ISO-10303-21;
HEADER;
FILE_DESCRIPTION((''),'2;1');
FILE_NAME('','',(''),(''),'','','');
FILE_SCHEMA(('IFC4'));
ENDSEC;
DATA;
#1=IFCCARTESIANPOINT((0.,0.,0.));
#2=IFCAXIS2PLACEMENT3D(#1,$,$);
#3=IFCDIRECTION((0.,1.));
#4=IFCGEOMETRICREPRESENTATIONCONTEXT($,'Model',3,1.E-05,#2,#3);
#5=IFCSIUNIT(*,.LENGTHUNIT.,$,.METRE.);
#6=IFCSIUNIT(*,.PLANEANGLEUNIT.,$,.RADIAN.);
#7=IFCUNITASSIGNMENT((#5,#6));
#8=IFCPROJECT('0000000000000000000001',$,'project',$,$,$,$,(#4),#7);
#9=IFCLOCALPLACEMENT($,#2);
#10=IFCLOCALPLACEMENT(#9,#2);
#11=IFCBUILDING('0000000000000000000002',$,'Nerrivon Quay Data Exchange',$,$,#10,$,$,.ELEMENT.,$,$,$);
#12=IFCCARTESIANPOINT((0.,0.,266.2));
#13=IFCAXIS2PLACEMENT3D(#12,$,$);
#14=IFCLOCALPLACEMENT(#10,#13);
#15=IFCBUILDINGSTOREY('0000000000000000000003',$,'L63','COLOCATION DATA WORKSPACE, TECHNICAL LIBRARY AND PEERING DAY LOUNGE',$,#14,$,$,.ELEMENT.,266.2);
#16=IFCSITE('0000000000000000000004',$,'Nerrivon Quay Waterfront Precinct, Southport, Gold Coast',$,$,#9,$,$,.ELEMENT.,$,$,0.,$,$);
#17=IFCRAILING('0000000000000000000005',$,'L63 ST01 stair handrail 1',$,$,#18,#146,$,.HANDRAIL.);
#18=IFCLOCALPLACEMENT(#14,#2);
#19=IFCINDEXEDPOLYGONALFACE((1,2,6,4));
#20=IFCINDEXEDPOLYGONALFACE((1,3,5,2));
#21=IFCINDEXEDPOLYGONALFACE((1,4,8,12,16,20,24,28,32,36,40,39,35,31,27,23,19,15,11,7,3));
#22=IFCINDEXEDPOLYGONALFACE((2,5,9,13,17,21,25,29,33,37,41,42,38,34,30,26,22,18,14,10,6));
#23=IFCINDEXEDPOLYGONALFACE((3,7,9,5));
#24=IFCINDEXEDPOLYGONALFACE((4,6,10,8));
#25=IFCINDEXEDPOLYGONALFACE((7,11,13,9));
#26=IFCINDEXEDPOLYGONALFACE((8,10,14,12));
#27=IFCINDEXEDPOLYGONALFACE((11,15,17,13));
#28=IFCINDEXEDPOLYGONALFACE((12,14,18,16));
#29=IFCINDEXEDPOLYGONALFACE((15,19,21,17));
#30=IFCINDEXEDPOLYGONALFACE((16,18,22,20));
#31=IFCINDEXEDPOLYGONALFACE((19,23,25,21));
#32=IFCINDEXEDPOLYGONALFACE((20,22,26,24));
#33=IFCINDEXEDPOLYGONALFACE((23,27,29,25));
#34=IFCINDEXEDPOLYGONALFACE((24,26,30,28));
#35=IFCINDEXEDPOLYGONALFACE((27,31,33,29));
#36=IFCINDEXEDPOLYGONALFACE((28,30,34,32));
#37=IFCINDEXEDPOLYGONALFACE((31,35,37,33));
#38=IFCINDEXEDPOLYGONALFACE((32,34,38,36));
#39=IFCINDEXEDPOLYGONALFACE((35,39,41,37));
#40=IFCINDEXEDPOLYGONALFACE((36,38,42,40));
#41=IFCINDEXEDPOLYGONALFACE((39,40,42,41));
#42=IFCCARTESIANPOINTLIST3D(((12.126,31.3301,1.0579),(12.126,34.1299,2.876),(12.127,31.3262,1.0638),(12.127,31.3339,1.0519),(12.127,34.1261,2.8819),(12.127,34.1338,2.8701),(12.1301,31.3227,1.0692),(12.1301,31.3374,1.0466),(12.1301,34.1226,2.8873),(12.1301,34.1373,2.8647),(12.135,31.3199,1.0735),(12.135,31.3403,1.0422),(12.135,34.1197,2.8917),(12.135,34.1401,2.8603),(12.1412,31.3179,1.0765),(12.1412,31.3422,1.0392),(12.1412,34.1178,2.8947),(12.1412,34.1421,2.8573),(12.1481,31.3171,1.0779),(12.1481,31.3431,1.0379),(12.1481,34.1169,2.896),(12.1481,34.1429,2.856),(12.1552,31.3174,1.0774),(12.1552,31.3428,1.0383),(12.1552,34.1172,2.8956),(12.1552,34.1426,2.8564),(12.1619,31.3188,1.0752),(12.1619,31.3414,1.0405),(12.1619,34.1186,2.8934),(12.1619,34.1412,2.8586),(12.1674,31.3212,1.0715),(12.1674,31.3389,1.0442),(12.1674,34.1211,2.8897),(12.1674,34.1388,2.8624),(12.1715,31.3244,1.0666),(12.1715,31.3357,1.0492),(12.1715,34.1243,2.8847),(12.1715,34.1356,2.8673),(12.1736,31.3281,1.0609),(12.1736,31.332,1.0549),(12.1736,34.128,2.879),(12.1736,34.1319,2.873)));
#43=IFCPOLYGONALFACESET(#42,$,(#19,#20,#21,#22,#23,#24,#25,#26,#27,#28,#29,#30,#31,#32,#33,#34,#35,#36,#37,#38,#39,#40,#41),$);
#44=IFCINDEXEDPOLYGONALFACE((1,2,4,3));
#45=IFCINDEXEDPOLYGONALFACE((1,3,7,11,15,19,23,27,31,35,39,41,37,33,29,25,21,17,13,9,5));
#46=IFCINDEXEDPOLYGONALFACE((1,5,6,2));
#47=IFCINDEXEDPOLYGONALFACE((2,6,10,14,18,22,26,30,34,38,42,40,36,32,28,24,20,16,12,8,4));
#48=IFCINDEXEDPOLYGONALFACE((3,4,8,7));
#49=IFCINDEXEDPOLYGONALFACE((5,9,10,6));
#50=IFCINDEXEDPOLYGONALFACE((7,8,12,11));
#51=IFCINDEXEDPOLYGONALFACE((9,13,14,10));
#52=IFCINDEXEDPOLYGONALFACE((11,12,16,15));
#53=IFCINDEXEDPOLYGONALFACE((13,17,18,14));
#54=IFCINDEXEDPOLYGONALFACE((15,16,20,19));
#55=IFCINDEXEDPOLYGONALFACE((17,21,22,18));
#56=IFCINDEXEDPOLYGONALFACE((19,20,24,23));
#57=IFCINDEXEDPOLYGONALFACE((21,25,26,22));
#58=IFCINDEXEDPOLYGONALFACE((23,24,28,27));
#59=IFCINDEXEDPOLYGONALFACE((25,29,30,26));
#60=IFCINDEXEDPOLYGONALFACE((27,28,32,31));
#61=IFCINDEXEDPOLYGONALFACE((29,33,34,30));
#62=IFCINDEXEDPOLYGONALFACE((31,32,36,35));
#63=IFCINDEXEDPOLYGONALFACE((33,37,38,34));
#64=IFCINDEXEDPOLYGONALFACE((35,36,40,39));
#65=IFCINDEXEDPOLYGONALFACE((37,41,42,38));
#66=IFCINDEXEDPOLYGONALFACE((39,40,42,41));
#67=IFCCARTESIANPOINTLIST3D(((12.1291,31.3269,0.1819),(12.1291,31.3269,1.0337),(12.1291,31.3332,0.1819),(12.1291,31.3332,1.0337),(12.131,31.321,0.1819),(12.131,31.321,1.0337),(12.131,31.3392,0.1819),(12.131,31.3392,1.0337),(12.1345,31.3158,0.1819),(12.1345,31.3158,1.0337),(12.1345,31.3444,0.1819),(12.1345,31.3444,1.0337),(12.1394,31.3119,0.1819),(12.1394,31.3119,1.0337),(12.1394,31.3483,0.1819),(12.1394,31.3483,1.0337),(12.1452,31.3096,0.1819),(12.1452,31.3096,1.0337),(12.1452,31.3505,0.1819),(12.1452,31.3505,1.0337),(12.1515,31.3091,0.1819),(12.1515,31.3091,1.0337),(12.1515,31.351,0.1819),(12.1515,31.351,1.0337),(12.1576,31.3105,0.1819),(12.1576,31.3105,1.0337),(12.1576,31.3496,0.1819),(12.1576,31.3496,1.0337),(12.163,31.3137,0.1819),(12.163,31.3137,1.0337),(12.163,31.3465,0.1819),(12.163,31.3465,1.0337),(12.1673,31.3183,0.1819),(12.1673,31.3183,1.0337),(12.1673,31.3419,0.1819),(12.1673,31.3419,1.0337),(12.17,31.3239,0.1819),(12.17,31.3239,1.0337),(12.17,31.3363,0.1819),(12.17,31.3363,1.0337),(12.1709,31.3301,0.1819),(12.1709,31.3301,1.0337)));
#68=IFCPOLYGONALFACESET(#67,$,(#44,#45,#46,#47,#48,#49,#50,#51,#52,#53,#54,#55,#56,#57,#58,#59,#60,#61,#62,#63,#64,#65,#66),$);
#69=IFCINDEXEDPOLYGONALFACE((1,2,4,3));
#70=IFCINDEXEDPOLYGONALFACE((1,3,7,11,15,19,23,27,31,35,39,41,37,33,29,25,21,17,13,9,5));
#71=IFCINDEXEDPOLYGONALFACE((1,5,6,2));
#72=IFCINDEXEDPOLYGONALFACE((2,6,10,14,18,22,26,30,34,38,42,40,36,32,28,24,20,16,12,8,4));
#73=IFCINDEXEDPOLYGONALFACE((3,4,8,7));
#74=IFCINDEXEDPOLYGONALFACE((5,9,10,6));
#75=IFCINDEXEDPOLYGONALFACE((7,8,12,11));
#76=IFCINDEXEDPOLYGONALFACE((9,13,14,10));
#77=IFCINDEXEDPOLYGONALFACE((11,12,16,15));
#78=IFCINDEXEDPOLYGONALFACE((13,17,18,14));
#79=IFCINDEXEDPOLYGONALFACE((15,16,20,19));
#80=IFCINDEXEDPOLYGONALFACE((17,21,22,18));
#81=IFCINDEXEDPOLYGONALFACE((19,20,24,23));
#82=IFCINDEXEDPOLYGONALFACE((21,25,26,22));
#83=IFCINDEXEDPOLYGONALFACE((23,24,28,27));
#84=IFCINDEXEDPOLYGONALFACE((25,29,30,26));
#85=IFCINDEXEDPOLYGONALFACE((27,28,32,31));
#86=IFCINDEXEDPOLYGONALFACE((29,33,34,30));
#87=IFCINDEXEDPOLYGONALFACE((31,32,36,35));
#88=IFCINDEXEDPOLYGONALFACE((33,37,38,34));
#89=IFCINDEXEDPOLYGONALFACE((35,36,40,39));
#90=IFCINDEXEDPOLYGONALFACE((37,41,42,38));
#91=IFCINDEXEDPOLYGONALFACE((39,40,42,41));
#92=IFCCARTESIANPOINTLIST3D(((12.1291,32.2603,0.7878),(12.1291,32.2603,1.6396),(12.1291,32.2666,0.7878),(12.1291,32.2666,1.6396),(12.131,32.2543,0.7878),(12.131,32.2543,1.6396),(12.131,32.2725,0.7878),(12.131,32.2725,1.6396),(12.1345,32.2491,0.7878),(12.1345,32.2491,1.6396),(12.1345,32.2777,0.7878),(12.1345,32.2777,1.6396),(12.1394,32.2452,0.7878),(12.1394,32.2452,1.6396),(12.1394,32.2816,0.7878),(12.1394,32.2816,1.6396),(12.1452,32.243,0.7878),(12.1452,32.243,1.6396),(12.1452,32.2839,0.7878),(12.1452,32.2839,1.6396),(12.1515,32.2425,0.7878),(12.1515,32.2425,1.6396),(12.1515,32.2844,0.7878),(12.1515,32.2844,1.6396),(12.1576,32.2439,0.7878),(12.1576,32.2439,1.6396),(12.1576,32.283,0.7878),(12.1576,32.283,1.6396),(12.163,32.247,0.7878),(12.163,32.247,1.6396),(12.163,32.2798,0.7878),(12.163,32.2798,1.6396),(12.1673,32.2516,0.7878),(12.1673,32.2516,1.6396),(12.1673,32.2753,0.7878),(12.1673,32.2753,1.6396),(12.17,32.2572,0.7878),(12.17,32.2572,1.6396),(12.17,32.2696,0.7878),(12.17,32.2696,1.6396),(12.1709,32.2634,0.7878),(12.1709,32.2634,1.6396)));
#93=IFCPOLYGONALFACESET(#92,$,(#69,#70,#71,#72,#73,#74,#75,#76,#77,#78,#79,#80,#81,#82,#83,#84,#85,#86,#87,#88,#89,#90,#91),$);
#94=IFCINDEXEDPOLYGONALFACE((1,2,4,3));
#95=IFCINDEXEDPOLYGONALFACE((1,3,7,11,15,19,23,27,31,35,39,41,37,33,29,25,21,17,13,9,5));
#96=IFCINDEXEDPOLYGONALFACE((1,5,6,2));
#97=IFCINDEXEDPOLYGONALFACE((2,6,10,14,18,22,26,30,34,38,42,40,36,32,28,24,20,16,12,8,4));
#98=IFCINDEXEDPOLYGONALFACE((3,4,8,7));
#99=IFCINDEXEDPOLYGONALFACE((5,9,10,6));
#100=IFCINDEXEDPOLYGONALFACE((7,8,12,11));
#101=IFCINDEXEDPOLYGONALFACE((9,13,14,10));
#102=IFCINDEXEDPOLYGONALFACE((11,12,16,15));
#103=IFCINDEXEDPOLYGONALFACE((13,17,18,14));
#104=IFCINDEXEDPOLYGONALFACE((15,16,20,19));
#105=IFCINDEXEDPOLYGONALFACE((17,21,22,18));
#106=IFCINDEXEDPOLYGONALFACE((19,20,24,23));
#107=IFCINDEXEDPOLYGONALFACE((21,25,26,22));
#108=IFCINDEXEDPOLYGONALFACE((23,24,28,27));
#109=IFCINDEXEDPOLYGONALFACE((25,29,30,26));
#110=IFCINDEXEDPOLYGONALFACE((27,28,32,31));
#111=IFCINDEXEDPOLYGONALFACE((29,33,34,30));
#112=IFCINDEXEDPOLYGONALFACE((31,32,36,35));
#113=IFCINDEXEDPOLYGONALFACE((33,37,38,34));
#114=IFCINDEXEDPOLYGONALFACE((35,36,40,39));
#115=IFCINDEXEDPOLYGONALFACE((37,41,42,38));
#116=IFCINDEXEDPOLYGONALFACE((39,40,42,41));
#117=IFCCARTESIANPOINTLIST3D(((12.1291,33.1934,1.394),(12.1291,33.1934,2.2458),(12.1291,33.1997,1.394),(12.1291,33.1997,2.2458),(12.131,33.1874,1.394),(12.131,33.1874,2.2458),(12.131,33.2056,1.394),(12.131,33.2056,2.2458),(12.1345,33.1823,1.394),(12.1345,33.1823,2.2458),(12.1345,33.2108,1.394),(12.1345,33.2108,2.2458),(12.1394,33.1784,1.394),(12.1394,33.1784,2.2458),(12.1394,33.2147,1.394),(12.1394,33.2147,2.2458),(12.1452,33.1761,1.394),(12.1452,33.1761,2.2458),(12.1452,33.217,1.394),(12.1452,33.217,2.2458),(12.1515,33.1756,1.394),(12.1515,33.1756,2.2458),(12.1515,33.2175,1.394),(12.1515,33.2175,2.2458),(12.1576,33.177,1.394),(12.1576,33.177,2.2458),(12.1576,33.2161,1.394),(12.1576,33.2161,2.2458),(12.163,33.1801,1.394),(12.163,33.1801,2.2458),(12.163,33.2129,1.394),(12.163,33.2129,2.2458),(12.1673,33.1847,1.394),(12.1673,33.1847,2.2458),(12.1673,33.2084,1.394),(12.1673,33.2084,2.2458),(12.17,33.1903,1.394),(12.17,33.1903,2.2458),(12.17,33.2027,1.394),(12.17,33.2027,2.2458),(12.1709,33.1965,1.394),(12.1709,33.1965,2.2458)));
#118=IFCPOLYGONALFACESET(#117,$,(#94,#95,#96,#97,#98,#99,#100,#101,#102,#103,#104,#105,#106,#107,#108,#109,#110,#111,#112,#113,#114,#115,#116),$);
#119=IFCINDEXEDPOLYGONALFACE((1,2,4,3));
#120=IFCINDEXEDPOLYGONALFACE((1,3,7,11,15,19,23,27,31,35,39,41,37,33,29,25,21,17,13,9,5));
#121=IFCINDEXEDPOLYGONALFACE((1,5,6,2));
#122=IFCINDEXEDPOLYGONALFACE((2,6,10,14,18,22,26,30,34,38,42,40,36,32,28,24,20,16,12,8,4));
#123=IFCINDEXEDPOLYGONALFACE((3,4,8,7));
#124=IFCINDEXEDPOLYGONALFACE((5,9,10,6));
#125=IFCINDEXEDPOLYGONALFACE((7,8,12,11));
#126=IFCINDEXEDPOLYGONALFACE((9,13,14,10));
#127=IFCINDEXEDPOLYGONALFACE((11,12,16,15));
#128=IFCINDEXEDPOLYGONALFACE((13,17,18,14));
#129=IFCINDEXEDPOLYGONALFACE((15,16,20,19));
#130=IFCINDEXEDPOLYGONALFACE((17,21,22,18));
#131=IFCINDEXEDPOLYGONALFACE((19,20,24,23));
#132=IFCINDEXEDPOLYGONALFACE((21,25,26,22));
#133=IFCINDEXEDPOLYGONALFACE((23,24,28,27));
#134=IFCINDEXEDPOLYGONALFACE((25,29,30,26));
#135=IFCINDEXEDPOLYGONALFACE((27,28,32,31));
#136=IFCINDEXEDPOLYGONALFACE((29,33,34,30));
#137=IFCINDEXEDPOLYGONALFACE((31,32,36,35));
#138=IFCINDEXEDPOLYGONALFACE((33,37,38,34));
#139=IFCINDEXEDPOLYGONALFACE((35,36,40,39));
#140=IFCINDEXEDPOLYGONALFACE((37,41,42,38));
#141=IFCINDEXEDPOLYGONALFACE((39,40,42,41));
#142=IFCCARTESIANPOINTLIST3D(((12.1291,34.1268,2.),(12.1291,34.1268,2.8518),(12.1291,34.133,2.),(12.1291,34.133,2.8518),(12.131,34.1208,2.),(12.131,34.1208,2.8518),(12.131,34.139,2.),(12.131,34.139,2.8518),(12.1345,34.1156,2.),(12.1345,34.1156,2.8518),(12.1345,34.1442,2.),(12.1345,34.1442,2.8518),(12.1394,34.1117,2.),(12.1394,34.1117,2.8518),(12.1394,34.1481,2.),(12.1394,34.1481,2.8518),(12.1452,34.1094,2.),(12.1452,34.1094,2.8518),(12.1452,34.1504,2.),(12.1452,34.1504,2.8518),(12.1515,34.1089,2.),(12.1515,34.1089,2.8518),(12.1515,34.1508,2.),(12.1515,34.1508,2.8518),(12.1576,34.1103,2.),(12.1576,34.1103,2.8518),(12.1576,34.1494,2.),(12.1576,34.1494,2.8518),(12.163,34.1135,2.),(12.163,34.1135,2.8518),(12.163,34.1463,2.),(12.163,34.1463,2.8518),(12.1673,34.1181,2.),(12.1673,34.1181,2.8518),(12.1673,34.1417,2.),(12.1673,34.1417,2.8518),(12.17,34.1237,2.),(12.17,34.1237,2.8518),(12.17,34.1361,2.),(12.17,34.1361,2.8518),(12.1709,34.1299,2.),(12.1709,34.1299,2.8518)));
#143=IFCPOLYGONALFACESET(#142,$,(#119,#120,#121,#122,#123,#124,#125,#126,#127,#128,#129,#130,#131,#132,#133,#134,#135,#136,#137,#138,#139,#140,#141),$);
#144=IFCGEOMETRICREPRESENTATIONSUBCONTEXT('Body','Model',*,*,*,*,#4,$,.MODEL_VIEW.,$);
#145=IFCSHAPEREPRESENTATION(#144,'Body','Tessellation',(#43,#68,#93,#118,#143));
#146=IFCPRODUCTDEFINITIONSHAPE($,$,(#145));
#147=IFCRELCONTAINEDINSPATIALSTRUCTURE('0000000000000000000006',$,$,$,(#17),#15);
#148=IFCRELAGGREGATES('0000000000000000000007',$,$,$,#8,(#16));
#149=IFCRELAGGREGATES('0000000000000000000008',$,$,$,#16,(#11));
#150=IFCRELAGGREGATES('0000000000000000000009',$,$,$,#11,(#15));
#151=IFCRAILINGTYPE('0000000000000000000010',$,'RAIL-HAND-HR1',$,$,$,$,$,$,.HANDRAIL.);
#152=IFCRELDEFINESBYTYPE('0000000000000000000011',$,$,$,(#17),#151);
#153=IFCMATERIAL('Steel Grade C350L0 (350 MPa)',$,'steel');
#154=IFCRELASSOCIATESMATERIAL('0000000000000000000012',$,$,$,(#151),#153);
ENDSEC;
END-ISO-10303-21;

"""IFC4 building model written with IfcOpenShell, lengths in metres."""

from ifc_helpers import new_model, si_unit, direction, frame, origin, origin_2d, place, context, subcontext, project, spatial, circle, extrude, material, type_object, element, save


model = new_model("IFC4")

# Units and contexts
model_context = context("Model", 3, precision=1e-05, world=origin(), true_north=direction((0.0, 1.0)))
body_context = subcontext(model_context, "Body", "Model", "MODEL_VIEW")
ifc_project = project(units=[si_unit("LENGTHUNIT", "METRE"), si_unit("PLANEANGLEUNIT", "RADIAN")], contexts=[model_context])

# Site, building, storey
site_placement = place(None, origin())
site = spatial("IfcSite", under=ifc_project, at=site_placement, Name="Nerrivon Quay Waterfront Precinct, Southport, Gold Coast", CompositionType="ELEMENT", RefElevation=0.0)
building_placement = place(site_placement, origin())
building = spatial("IfcBuilding", under=site, at=building_placement, Name="Nerrivon Quay Data Exchange", CompositionType="ELEMENT")
storey_placement = place(building_placement, frame((0.0, 0.0, 266.2)))
storey = spatial("IfcBuildingStorey", under=building, at=storey_placement, Name="L63", Description="COLOCATION DATA WORKSPACE, TECHNICAL LIBRARY AND PEERING DAY LOUNGE", CompositionType="ELEMENT", Elevation=266.2)

# Railing
ifc_material_1 = material(Name="Steel Grade C350L0 (350 MPa)", Category="steel")
railing_type_1 = type_object("IfcRailingType", Name="RAIL-HAND-HR1", PredefinedType="HANDRAIL", material=ifc_material_1)
railing_1_placement = place(storey_placement, frame((12.1499, 31.3301, 0.1819)))
element("IfcRailing", 1, at=railing_1_placement, inside=storey, type_object=railing_type_1, Name="L63 ST01 stair handrail 1", PredefinedType="HANDRAIL", context=body_context, shape_type="SweptSolid", body=[
    extrude(circle(Radius=0.0239, at=origin_2d()), frame((0.0, 0.0, 0.876), z_axis=(0.0, 0.838684, 0.544618), x_axis=(-1.0, 0.0, 0.0)), (0.0, 0.0, 1.0), 3.3384),
    extrude(circle(Radius=0.021, at=origin_2d()), origin(), (0.0, 0.0, 1.0), 0.8518),
    extrude(circle(Radius=0.021, at=origin_2d()), frame((0.0, 0.9333, 0.606)), (0.0, 0.0, 1.0), 0.8518),
    extrude(circle(Radius=0.021, at=origin_2d()), frame((0.0, 1.8665, 1.2122)), (0.0, 0.0, 1.0), 0.8518),
    extrude(circle(Radius=0.021, at=origin_2d()), frame((0.0, 2.7998, 1.8181)), (0.0, 0.0, 1.0), 0.8518),
])

save(model, "model.ifc")
